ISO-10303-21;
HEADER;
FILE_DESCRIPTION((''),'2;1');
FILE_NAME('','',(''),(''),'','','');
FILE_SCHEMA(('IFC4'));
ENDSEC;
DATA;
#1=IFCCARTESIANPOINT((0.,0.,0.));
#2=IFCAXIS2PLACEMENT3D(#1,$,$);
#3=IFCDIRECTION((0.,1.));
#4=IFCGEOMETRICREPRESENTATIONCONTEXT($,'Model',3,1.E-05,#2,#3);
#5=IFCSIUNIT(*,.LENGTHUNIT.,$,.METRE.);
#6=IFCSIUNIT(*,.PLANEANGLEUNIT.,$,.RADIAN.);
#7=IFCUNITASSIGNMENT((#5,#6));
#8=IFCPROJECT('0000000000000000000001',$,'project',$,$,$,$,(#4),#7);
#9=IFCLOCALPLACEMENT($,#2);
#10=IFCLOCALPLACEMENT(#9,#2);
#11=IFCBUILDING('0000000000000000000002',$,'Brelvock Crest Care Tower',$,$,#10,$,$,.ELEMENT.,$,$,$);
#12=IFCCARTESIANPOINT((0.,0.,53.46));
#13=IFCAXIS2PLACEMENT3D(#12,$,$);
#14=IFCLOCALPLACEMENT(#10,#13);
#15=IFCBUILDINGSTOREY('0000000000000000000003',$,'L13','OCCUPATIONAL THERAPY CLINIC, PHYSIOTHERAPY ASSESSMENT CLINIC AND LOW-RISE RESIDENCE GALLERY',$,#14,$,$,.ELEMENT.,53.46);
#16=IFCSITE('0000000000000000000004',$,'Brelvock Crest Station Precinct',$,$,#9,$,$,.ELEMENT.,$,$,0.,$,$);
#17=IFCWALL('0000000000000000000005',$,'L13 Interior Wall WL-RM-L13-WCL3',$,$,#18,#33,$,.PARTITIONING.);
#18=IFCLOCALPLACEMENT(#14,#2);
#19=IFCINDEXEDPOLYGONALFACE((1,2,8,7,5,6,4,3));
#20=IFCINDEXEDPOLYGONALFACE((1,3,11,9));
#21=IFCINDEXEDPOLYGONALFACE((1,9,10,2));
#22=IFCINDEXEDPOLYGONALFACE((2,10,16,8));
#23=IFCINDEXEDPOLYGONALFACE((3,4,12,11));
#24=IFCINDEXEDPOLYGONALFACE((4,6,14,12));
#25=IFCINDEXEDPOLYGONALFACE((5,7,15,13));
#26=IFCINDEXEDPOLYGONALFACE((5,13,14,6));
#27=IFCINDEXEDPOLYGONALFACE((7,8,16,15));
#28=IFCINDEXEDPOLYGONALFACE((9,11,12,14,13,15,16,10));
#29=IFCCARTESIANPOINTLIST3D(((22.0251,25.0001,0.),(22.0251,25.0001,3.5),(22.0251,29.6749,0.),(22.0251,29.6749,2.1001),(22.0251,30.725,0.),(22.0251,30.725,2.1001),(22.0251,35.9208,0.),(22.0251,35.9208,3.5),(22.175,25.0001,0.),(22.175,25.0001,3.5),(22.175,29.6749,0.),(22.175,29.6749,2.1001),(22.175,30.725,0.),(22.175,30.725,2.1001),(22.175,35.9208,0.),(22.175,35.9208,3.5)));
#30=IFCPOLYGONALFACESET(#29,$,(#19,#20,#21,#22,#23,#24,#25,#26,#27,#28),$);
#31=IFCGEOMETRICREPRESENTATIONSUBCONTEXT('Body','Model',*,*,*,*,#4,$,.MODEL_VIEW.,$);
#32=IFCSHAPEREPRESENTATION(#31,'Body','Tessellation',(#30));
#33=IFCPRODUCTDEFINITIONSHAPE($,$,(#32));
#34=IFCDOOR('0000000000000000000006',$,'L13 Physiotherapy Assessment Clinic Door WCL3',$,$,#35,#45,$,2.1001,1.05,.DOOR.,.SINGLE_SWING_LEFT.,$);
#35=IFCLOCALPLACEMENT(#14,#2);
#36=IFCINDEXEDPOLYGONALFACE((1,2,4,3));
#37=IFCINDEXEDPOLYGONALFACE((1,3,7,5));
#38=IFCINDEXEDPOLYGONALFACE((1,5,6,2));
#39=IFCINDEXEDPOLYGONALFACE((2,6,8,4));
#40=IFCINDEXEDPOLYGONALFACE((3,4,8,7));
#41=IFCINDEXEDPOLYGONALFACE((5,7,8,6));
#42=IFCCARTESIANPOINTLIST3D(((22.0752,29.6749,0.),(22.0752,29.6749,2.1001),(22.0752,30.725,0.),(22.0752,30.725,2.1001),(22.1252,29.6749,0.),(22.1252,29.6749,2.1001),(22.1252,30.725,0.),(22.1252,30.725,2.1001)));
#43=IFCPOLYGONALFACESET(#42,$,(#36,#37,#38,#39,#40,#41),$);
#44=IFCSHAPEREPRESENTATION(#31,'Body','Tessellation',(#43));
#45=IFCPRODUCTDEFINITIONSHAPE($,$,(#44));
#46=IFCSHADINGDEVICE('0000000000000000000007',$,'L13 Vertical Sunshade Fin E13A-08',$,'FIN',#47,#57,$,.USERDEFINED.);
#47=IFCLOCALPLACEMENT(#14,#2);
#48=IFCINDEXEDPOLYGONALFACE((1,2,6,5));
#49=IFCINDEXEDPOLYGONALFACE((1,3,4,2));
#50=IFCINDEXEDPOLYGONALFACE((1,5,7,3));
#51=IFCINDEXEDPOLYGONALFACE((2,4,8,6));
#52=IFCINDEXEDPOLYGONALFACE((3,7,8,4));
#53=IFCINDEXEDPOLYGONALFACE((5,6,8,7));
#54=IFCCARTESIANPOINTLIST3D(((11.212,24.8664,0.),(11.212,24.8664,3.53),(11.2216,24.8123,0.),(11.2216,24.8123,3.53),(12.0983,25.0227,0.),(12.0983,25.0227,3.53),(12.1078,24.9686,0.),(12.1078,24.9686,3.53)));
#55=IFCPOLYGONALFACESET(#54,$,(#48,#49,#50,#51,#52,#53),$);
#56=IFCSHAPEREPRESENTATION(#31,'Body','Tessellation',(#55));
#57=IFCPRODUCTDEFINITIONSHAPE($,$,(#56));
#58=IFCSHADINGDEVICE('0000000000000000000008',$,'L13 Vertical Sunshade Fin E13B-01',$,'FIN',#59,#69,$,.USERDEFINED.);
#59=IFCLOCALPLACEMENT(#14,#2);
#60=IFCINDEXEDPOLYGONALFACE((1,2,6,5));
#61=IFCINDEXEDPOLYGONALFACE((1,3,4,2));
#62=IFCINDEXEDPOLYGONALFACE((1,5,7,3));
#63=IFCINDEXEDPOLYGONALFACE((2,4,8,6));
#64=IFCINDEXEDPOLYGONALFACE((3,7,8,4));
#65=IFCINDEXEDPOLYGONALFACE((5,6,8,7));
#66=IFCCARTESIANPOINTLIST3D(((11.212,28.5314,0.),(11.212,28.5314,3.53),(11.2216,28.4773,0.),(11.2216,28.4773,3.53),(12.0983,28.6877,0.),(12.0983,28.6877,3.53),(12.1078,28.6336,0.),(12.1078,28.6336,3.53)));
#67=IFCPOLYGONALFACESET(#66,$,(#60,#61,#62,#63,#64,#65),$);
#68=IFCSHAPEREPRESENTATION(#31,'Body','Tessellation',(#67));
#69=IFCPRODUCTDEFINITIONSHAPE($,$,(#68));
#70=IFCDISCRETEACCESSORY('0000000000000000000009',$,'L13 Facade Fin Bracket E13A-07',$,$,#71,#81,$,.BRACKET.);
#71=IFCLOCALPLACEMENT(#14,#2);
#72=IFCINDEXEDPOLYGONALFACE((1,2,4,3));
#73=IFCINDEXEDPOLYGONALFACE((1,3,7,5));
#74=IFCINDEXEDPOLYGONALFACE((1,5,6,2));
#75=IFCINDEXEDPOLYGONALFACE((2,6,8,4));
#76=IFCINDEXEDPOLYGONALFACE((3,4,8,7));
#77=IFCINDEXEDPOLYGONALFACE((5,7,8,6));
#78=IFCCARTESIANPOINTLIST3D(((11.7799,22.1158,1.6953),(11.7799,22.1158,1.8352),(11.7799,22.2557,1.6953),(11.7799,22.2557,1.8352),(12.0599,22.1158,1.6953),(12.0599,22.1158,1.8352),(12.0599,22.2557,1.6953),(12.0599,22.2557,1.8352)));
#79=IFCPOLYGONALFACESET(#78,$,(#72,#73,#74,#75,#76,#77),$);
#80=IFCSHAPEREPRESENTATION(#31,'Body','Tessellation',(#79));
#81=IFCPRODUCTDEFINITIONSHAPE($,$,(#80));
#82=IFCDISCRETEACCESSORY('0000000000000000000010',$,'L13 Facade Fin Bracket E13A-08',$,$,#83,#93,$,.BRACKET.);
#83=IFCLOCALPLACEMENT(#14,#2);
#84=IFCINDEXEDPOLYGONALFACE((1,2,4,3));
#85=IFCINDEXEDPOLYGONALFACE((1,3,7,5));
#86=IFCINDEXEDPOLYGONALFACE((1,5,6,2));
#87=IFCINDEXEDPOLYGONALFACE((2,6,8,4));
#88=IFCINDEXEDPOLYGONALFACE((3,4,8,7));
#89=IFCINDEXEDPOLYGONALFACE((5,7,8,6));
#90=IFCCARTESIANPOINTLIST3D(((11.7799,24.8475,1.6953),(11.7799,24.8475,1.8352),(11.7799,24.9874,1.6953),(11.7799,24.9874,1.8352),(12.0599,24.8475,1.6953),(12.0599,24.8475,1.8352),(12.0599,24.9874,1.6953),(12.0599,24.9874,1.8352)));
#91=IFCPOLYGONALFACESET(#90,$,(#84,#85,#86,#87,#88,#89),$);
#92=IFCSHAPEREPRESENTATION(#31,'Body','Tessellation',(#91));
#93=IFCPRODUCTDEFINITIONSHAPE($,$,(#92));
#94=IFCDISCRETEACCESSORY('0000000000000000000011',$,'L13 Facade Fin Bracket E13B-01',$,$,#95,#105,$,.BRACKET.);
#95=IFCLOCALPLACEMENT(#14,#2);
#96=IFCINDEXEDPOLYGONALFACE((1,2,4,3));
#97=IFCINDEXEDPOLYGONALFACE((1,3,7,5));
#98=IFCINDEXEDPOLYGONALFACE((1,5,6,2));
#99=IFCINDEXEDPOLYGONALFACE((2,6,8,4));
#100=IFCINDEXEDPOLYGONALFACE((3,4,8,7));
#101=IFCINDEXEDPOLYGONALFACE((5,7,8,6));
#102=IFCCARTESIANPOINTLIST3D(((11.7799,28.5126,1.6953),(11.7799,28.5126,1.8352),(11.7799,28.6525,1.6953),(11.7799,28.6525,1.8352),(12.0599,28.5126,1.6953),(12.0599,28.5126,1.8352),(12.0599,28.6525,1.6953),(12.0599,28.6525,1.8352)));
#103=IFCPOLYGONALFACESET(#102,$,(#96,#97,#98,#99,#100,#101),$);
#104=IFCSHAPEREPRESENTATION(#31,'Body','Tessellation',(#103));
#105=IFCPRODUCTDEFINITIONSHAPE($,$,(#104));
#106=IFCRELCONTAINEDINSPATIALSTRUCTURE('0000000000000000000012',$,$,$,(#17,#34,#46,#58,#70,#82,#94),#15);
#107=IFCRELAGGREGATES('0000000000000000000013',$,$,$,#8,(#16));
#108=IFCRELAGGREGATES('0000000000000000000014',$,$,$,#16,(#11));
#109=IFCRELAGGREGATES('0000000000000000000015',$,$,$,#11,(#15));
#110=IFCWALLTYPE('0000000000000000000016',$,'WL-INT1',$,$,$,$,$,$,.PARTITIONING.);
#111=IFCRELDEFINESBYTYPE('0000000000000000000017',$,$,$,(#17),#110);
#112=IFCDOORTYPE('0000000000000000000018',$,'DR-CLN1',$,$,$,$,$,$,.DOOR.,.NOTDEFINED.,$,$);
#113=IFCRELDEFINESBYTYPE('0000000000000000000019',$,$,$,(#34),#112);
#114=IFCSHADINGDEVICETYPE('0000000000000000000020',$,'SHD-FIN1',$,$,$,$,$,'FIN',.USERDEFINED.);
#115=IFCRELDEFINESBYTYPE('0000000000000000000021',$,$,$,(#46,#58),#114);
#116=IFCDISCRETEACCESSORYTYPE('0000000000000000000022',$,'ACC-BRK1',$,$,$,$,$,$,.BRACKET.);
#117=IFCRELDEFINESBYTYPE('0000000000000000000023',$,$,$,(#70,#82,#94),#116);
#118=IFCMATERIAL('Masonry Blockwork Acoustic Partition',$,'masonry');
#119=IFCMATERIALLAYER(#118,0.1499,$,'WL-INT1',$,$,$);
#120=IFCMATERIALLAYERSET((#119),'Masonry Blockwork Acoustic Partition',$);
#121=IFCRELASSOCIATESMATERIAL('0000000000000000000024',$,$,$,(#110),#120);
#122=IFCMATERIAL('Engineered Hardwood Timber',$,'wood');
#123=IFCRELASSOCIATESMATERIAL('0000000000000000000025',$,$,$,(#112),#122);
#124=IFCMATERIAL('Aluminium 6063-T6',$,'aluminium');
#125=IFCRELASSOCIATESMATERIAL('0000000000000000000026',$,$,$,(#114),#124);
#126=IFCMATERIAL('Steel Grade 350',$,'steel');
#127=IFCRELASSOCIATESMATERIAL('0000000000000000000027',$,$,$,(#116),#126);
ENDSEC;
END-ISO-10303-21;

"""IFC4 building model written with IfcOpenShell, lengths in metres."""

from ifc_helpers import new_model, si_unit, direction, frame, frame_2d, origin, origin_2d, place, context, subcontext, project, spatial, rectangle, extrude, source, transform, mapped, material, layer, layer_set, material_profile, profile_set, type_object, element, fill, save


model = new_model("IFC4")

# Units and contexts
model_context = context("Model", 3, precision=1e-05, world=origin(), true_north=direction((0.0, 1.0)))
body_context = subcontext(model_context, "Body", "Model", "MODEL_VIEW")
ifc_project = project(units=[si_unit("LENGTHUNIT", "METRE"), si_unit("PLANEANGLEUNIT", "RADIAN")], contexts=[model_context])

# Site, building, storey
site_placement = place(None, origin())
site = spatial("IfcSite", under=ifc_project, at=site_placement, Name="Brelvock Crest Station Precinct", CompositionType="ELEMENT", RefElevation=0.0)
building_placement = place(site_placement, origin())
building = spatial("IfcBuilding", under=site, at=building_placement, Name="Brelvock Crest Care Tower", CompositionType="ELEMENT")
storey_placement = place(building_placement, frame((0.0, 0.0, 53.46)))
storey = spatial("IfcBuildingStorey", under=building, at=storey_placement, Name="L13", Description="OCCUPATIONAL THERAPY CLINIC, PHYSIOTHERAPY ASSESSMENT CLINIC AND LOW-RISE RESIDENCE GALLERY", CompositionType="ELEMENT", Elevation=53.46)

# Shared definitions
ifc_material_1 = material(Name="Steel Grade 350", Category="steel")

# Shared definitions
ifc_material_2 = material(Name="Aluminium 6063-T6", Category="aluminium")

# Shared definitions
ifc_material_3 = material(Name="Masonry Blockwork Acoustic Partition", Category="masonry")
ifc_layer_1 = layer(ifc_material_3, 0.1499, Name="WL-INT1")
ifc_layer_set_1 = layer_set([ifc_layer_1], Name="Masonry Blockwork Acoustic Partition")
wall_type_1 = type_object("IfcWallType", Name="WL-INT1", PredefinedType="PARTITIONING", material=ifc_layer_set_1)

# Wall, opening, door
wall_1_placement = place(storey_placement, frame((22.1001, 25.0, 0.0), z_axis=(0.0, 0.0, 1.0), x_axis=(0.0, 1.0, 0.0)))
wall_1 = element("IfcWall", 1, at=wall_1_placement, inside=storey, type_object=wall_type_1, Name="L13 Interior Wall WL-RM-L13-WCL3", PredefinedType="PARTITIONING", context=body_context, shape_type="SweptSolid", body=[
    extrude(rectangle(XDim=10.9207, YDim=0.1499, at=frame_2d((5.4604, 0.0))), origin(), (0.0, 0.0, 1.0), 3.5),
])
opening_1_placement = place(wall_1_placement, frame((4.675, 0.0, 0.0)))
opening_1 = element("IfcOpeningElement", 2, at=opening_1_placement, cuts=wall_1, PredefinedType="OPENING", context=body_context, shape_type="SweptSolid", body=[
    extrude(rectangle(XDim=1.05, YDim=2.1001, at=origin_2d()), frame((0.5249, 0.085, 1.05), z_axis=(0.0, -1.0, 0.0), x_axis=(1.0, 0.0, 0.0)), (0.0, 0.0, 1.0), 0.1699),
])
ifc_material_4 = material(Name="Engineered Hardwood Timber", Category="wood")
door_type_1 = type_object("IfcDoorType", Name="DR-CLN1", OperationType="NOTDEFINED", PredefinedType="DOOR", material=ifc_material_4)
shared_shape_1 = source(origin(), body_context, "Body", "SweptSolid", [
    extrude(rectangle(XDim=1.05, YDim=2.1001, at=origin_2d()), frame((0.5249, 0.0249, 1.05), z_axis=(0.0, -1.0, 0.0), x_axis=(1.0, 0.0, 0.0)), (0.0, 0.0, 1.0), 0.05),
])
door_1_placement = place(opening_1_placement, origin())
door_1 = element("IfcDoor", 3, at=door_1_placement, inside=storey, type_object=door_type_1, Name="L13 Physiotherapy Assessment Clinic Door WCL3", OperationType="SINGLE_SWING_LEFT", OverallHeight=2.1001, OverallWidth=1.05, PredefinedType="DOOR", context=body_context, shape_type="MappedRepresentation", body=[
    mapped(shared_shape_1, transform((0.0, 0.0, 0.0), x_axis=(1.0, 0.0, 0.0), y_axis=(0.0, 1.0, 0.0), z_axis=(0.0, 0.0, 1.0), scale=1.0)),
])
fill(opening_1, door_1)

# Shading devices
ifc_material_profile_1 = material_profile(ifc_material_2, rectangle(XDim=0.0549, YDim=0.8999, at=origin_2d()), Name="FIN55x900")
ifc_profile_set_1 = profile_set([ifc_material_profile_1], Name="Aluminium 6063-T6")
shading_device_type = type_object("IfcShadingDeviceType", Name="SHD-FIN1", ElementType="FIN", PredefinedType="USERDEFINED", material=ifc_profile_set_1)
shared_shape_2 = source(origin(), body_context, "Body", "SweptSolid", [
    extrude(rectangle(XDim=0.0549, YDim=0.8999, at=origin_2d()), origin(), (0.0, 0.0, 1.0), 3.53),
])
for number, where, z_axis, x_axis, name in (
    (4, (11.6599, 24.9175, 0.0), (0.0, 0.0, 1.0), (-0.173648, 0.984808, 0.0), "L13 Vertical Sunshade Fin E13A-08"),
    (5, (11.6599, 28.5825, 0.0), (0.0, 0.0, 1.0), (-0.173648, 0.984808, 0.0), "L13 Vertical Sunshade Fin E13B-01"),
):
    element("IfcShadingDevice", number, at=place(storey_placement, frame(where, z_axis=z_axis, x_axis=x_axis)), inside=storey, type_object=shading_device_type, Name=name, ObjectType="FIN", PredefinedType="USERDEFINED", context=body_context, shape_type="MappedRepresentation", body=[
        mapped(shared_shape_2, transform((0.0, 0.0, 0.0), x_axis=(1.0, 0.0, 0.0), y_axis=(0.0, 1.0, 0.0), z_axis=(0.0, 0.0, 1.0), scale=1.0)),
    ])

# Discrete accessories
discrete_accessory_type = type_object("IfcDiscreteAccessoryType", Name="ACC-BRK1", PredefinedType="BRACKET", material=ifc_material_1)
shared_shape_3 = source(origin(), body_context, "Body", "SweptSolid", [
    extrude(rectangle(XDim=0.28, YDim=0.1399, at=origin_2d()), origin(), (0.0, 0.0, 1.0), 0.1399),
])
for number, where, z_axis, x_axis, name in (
    (6, (11.9199, 22.1858, 1.6953), (0.0, 0.0, 1.0), (-1.0, 0.0, 0.0), "L13 Facade Fin Bracket E13A-07"),
    (7, (11.9199, 24.9175, 1.6953), (0.0, 0.0, 1.0), (-1.0, 0.0, 0.0), "L13 Facade Fin Bracket E13A-08"),
    (8, (11.9199, 28.5825, 1.6953), (0.0, 0.0, 1.0), (-1.0, 0.0, 0.0), "L13 Facade Fin Bracket E13B-01"),
):
    element("IfcDiscreteAccessory", number, at=place(storey_placement, frame(where, z_axis=z_axis, x_axis=x_axis)), inside=storey, type_object=discrete_accessory_type, Name=name, PredefinedType="BRACKET", context=body_context, shape_type="MappedRepresentation", body=[
        mapped(shared_shape_3, transform((0.0, 0.0, 0.0), x_axis=(1.0, 0.0, 0.0), y_axis=(0.0, 1.0, 0.0), z_axis=(0.0, 0.0, 1.0), scale=1.0)),
    ])

save(model, "model.ifc")
